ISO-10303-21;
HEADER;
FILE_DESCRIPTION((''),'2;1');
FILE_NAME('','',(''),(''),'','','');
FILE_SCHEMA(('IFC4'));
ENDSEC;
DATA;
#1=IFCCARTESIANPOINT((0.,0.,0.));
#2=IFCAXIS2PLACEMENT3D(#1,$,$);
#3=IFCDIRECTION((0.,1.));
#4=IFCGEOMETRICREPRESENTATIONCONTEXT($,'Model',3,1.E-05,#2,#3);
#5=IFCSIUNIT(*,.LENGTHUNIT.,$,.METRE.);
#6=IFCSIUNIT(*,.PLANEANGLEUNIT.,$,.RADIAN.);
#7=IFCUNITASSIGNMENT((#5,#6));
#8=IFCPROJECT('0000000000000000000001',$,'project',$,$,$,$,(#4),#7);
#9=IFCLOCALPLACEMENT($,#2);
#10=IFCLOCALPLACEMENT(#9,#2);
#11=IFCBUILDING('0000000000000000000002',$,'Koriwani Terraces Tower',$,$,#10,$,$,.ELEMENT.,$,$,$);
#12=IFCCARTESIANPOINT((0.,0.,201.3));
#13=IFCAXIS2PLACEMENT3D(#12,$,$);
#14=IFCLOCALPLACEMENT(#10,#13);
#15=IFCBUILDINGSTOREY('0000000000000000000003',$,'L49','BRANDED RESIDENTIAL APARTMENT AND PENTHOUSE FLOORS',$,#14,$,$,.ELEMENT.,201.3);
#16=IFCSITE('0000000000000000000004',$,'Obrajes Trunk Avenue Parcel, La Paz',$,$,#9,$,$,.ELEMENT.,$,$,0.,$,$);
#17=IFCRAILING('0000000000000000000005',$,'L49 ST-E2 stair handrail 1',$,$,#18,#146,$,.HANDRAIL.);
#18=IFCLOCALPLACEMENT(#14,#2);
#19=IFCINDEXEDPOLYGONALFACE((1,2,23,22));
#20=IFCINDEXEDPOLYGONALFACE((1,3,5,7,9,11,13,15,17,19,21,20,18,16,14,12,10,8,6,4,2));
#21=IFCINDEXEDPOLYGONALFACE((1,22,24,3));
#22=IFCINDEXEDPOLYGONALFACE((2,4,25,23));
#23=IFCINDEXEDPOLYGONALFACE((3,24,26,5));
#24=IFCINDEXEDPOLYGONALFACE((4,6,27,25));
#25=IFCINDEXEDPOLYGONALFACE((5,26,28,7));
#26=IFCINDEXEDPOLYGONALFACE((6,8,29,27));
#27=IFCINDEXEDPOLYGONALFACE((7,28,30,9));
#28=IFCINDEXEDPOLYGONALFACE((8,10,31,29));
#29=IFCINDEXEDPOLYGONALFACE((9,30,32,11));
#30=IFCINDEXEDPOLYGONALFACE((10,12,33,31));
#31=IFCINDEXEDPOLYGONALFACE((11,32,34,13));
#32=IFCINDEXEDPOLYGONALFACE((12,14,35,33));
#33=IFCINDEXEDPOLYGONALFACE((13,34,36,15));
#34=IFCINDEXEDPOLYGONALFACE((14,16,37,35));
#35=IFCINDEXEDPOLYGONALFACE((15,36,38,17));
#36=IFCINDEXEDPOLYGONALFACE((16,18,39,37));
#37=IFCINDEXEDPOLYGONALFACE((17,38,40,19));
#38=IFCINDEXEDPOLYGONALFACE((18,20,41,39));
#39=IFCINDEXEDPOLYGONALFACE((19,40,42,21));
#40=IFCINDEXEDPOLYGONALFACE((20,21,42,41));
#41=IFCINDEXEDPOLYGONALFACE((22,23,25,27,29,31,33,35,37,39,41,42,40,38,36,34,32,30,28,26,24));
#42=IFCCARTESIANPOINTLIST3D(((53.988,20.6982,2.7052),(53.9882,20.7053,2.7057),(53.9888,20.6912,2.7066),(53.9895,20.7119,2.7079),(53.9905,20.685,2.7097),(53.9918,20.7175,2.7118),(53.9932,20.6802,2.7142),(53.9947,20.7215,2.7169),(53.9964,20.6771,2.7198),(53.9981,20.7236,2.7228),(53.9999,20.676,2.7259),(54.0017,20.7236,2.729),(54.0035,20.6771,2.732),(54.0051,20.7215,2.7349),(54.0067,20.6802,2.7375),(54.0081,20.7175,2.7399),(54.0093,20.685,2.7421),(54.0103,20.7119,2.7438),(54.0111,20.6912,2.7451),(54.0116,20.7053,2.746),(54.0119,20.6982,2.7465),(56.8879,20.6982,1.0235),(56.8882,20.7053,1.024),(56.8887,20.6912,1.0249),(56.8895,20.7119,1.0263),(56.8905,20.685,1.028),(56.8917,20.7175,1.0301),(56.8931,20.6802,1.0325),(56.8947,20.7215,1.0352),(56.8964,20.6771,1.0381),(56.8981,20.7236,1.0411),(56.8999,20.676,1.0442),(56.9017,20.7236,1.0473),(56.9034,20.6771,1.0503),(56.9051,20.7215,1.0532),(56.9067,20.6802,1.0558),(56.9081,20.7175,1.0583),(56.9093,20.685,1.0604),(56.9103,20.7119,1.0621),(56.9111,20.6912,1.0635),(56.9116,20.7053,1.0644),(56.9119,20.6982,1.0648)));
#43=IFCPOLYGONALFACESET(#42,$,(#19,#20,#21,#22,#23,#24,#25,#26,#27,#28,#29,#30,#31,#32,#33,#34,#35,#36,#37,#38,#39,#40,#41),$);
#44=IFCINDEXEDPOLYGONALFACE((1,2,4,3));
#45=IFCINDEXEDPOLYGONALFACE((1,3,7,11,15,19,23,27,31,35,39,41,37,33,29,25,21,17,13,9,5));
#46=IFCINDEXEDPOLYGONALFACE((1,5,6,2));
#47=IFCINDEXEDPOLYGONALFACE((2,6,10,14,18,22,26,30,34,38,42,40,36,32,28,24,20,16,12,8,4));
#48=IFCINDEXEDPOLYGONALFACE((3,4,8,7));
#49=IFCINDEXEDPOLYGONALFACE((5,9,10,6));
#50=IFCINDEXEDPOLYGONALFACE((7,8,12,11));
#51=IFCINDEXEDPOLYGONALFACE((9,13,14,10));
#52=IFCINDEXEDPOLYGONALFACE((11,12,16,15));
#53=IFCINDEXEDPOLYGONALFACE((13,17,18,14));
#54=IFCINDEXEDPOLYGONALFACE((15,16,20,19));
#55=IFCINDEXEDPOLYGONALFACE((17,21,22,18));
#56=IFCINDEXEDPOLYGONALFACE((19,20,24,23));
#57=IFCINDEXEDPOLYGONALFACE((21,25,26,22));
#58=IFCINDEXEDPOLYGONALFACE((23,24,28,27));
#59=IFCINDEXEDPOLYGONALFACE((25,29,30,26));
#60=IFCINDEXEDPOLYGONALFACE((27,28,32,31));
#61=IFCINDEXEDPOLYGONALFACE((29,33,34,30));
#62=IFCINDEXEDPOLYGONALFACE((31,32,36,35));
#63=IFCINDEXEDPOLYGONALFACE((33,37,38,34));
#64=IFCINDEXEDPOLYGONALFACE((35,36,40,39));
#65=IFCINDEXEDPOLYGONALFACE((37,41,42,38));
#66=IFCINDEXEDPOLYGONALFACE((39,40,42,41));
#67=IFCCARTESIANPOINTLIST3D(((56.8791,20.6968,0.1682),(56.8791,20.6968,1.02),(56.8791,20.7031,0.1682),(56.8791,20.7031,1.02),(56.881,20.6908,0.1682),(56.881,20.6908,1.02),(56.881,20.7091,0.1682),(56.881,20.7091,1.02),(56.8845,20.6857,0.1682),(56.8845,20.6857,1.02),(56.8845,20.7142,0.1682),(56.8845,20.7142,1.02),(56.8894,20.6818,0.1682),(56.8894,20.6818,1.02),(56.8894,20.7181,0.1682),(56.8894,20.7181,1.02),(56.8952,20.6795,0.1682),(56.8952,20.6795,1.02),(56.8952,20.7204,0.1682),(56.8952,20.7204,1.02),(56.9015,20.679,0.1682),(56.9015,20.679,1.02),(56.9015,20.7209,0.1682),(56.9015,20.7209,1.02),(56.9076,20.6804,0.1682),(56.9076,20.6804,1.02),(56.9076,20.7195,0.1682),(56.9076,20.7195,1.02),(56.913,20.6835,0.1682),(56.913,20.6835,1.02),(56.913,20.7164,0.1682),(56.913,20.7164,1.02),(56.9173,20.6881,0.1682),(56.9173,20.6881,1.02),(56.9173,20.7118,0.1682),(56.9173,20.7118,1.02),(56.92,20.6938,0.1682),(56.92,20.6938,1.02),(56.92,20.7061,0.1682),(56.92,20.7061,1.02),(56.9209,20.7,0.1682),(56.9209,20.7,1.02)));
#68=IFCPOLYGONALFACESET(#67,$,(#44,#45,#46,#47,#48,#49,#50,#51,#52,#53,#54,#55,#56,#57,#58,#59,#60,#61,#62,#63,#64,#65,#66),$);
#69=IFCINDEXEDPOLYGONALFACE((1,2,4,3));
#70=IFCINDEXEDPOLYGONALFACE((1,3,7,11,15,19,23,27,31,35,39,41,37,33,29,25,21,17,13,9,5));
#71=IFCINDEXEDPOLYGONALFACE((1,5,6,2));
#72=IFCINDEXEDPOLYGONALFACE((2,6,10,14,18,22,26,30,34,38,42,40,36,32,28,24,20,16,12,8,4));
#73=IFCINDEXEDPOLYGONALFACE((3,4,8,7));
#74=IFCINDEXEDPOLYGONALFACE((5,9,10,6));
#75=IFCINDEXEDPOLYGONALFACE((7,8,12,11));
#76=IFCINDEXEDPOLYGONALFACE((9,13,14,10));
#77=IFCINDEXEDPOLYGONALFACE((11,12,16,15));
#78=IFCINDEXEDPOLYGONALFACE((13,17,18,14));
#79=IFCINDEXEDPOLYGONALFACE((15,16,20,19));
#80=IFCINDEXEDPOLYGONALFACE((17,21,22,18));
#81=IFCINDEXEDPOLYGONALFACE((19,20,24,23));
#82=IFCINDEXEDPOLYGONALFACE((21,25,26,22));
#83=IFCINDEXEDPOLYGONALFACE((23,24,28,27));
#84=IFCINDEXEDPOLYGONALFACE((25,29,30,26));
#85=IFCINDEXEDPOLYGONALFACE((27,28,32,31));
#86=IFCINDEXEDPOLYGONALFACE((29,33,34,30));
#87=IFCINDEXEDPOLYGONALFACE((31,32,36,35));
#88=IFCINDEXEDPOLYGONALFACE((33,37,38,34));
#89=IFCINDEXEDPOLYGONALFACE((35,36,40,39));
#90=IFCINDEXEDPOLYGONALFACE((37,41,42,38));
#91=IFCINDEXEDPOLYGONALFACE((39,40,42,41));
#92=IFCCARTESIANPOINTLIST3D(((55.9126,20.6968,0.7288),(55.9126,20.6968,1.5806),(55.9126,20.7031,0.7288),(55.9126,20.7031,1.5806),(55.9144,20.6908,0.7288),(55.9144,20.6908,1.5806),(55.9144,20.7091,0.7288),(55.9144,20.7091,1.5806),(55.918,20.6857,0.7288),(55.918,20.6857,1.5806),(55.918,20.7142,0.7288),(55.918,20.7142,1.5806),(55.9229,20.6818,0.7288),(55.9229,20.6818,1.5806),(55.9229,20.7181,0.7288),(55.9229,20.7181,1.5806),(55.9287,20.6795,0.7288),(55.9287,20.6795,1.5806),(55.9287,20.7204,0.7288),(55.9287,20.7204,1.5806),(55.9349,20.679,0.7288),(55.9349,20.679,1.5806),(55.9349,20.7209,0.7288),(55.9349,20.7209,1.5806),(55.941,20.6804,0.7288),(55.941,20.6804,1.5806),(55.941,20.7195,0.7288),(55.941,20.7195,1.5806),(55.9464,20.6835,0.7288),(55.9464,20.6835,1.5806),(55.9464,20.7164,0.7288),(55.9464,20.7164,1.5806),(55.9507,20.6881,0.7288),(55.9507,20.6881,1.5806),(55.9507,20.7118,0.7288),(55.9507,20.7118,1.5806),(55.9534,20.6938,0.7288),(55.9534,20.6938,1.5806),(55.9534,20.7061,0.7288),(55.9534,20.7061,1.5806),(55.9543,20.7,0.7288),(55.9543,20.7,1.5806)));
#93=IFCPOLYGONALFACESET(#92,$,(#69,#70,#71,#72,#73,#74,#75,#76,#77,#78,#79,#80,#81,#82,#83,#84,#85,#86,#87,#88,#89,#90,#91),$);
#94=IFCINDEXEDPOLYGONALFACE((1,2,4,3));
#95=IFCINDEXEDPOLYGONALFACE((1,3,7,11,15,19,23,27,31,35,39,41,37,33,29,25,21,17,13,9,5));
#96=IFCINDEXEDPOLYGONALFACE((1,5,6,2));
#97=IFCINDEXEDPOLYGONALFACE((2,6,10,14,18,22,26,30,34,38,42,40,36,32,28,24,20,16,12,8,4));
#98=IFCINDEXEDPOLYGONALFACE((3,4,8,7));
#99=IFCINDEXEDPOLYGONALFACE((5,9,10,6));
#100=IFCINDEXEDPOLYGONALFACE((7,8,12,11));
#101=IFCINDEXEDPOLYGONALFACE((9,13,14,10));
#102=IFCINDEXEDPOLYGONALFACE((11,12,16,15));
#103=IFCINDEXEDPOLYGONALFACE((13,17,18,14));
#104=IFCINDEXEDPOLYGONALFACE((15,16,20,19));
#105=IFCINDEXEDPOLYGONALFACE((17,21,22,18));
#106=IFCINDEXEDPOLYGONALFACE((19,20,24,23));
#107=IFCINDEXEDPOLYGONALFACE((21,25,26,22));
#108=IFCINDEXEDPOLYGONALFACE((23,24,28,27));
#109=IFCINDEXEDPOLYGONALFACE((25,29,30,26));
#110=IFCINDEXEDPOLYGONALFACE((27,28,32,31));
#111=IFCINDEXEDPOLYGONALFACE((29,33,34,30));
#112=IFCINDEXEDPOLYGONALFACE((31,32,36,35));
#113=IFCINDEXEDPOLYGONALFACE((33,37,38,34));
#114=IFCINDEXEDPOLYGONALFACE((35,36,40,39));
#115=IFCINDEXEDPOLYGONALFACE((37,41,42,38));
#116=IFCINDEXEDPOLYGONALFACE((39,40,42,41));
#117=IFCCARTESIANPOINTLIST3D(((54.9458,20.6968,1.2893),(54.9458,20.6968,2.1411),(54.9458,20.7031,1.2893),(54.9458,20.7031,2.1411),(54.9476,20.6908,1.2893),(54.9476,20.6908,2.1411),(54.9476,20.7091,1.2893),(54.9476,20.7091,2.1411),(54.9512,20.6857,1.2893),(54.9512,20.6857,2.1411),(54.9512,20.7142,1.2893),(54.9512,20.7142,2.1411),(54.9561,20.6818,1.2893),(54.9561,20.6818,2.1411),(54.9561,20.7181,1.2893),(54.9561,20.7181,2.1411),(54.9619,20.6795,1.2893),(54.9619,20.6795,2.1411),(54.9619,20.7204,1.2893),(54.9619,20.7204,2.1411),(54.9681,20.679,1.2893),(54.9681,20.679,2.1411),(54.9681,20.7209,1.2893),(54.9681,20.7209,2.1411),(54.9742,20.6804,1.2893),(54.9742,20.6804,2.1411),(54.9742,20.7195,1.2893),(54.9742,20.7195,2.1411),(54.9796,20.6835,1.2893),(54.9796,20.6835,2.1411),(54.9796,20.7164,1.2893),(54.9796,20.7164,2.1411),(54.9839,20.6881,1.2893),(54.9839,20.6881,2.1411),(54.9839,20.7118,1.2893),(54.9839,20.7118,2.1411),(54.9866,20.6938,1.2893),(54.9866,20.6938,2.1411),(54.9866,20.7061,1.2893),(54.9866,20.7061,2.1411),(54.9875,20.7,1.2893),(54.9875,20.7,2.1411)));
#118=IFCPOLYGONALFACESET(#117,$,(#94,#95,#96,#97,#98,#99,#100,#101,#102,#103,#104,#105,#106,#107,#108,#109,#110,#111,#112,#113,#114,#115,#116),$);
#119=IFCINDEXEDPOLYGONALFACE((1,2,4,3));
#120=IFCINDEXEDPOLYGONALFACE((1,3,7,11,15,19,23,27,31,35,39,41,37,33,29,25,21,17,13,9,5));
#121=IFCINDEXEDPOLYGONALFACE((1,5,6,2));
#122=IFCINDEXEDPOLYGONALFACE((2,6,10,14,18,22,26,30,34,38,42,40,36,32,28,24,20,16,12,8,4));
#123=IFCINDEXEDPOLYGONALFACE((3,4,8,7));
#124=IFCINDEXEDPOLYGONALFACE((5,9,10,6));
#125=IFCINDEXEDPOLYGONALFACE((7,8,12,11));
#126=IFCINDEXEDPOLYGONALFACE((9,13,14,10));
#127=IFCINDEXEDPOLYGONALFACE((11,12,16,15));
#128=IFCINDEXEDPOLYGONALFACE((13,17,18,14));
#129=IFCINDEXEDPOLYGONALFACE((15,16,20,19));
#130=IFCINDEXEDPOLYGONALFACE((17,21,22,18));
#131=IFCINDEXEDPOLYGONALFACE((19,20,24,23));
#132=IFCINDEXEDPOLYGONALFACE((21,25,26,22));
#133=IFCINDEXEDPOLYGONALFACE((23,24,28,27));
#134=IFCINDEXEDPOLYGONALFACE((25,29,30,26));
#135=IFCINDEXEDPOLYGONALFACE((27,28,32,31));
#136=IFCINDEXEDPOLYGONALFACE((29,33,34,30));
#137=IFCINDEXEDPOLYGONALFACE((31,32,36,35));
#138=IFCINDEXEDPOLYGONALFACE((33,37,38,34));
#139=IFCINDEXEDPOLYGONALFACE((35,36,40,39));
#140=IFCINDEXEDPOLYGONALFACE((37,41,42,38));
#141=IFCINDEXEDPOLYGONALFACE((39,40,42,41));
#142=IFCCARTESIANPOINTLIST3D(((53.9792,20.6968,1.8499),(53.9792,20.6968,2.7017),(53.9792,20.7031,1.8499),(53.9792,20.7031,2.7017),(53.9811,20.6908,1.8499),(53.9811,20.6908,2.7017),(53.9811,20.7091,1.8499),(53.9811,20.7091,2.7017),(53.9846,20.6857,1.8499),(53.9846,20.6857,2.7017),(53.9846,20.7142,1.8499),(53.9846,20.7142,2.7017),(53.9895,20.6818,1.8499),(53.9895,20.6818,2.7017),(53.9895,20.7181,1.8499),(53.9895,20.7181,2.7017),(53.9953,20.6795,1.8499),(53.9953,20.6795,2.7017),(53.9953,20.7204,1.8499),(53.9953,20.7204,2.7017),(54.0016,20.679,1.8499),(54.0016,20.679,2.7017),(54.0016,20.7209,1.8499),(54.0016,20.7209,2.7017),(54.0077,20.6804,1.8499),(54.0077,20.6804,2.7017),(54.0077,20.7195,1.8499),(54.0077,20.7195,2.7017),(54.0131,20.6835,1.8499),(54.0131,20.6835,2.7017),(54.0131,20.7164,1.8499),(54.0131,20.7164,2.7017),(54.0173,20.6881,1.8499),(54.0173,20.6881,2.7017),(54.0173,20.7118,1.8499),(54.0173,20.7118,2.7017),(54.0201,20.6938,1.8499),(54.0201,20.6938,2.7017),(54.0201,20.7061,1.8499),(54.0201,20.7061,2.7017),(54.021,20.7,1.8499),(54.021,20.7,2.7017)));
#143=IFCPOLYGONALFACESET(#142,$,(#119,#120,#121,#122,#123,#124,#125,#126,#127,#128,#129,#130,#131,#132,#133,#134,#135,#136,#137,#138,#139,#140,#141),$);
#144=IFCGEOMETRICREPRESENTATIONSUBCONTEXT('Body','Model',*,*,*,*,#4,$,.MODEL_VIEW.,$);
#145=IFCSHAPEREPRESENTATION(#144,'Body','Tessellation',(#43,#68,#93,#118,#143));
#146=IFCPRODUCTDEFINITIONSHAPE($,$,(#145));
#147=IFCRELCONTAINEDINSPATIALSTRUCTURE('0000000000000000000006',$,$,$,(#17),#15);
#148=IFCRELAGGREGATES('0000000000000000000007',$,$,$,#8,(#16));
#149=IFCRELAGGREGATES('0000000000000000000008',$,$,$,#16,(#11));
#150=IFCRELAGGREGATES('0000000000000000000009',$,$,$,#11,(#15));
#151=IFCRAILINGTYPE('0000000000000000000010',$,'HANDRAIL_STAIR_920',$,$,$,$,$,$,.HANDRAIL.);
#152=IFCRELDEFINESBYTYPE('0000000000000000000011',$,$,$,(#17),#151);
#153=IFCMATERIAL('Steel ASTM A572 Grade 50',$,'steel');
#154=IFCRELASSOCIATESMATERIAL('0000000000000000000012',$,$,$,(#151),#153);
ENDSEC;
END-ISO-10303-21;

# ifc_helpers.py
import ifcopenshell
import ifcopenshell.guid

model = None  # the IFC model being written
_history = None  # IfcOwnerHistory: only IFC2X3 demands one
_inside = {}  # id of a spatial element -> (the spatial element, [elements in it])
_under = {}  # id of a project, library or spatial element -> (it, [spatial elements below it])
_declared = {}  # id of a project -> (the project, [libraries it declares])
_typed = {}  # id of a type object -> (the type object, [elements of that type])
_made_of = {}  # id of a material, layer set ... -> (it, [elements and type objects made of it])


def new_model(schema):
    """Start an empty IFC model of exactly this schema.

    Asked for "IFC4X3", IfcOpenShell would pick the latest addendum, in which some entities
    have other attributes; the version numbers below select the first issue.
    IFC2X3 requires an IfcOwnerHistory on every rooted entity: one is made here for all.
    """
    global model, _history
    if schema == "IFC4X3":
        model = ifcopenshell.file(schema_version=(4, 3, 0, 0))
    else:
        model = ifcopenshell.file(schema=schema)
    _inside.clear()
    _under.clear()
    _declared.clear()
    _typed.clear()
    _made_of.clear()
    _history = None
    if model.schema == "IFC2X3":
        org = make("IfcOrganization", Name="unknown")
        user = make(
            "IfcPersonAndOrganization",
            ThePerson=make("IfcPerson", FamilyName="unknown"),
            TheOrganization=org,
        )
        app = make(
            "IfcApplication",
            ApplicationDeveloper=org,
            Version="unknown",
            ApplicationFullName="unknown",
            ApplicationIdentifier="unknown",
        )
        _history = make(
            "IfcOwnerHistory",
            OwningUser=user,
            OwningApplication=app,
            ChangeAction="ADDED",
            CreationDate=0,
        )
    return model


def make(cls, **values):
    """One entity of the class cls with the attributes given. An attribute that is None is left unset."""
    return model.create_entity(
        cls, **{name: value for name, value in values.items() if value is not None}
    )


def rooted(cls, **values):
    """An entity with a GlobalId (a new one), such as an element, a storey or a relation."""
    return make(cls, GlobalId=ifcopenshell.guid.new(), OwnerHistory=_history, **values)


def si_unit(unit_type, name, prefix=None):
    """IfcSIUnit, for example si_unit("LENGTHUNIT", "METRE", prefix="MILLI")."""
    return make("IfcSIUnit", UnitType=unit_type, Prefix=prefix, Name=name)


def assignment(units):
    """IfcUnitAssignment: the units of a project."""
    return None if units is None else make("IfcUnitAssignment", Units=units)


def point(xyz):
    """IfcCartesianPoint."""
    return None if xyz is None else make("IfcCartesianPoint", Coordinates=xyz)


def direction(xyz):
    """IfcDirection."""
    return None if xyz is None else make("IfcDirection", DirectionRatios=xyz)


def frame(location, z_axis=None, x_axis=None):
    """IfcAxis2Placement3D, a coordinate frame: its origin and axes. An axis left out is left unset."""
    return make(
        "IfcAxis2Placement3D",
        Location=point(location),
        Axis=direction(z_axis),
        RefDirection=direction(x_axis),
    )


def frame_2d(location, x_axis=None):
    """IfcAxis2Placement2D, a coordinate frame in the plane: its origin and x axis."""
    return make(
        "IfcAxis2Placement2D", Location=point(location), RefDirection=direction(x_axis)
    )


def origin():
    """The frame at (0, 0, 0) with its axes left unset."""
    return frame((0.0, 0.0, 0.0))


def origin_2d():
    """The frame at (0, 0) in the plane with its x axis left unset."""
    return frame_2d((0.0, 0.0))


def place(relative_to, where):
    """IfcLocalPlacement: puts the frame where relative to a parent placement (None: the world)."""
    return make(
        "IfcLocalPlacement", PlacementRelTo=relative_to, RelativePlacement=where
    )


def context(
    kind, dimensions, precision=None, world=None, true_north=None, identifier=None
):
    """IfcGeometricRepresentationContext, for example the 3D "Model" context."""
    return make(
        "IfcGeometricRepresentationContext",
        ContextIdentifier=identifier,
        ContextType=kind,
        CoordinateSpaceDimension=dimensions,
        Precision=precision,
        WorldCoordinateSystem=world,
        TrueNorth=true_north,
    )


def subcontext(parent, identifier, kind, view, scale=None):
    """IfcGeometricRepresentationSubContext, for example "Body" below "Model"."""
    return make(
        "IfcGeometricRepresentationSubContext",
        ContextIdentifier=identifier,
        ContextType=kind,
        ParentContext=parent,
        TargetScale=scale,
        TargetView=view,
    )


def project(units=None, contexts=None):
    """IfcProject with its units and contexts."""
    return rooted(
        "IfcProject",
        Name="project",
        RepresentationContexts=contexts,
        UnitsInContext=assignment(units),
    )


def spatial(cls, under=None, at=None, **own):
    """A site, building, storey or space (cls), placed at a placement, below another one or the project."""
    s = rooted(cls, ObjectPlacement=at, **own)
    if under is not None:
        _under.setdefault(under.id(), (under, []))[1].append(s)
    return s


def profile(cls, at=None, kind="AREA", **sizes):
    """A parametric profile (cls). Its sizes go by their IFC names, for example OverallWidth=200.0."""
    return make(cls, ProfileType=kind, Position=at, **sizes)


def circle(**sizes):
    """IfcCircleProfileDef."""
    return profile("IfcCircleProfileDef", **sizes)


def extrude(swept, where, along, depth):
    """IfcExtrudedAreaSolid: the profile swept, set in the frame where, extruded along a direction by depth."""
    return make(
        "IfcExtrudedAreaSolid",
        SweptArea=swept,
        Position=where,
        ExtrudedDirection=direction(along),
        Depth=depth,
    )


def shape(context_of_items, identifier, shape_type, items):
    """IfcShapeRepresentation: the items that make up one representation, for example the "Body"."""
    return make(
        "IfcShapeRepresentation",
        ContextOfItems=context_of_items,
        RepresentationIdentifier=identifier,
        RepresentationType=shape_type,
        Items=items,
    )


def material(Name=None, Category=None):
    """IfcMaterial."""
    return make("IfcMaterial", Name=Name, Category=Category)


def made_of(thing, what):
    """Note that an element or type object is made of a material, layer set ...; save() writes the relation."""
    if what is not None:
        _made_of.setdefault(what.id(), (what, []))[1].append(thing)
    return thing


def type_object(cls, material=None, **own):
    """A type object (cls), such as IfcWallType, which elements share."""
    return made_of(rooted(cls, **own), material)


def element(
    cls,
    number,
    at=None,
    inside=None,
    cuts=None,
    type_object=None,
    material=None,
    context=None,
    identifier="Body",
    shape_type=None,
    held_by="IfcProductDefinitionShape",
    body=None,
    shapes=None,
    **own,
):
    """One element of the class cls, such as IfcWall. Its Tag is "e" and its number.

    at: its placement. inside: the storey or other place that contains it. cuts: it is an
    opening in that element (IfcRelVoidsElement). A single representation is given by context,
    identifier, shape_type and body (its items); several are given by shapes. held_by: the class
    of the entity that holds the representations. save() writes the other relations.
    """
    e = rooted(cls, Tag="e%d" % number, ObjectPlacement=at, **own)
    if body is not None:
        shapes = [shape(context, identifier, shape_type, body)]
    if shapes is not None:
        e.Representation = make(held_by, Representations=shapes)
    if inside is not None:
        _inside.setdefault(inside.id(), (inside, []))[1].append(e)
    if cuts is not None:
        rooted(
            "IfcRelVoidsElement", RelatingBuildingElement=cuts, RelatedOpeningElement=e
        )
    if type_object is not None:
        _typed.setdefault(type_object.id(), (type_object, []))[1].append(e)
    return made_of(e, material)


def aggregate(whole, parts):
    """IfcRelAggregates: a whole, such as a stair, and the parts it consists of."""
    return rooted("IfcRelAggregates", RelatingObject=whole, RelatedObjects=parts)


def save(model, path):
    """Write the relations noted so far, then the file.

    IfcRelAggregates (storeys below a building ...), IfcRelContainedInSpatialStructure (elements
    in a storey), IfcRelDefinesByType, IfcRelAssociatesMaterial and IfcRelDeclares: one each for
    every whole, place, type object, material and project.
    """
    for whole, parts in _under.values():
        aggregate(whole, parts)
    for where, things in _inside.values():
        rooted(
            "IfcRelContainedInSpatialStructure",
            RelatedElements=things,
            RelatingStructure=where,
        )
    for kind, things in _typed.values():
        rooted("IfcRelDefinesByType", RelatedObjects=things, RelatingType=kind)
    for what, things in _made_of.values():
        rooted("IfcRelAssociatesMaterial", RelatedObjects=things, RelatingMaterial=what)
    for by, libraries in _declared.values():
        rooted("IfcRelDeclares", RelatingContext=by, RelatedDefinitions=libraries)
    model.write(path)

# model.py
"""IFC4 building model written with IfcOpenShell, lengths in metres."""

from ifc_helpers import new_model, si_unit, direction, frame, origin, origin_2d, place, context, subcontext, project, spatial, circle, extrude, material, type_object, element, save


model = new_model("IFC4")

# Units and contexts
model_context = context("Model", 3, precision=1e-05, world=origin(), true_north=direction((0.0, 1.0)))
body_context = subcontext(model_context, "Body", "Model", "MODEL_VIEW")
ifc_project = project(units=[si_unit("LENGTHUNIT", "METRE"), si_unit("PLANEANGLEUNIT", "RADIAN")], contexts=[model_context])

# Site, building, storey
site_placement = place(None, origin())
site = spatial("IfcSite", under=ifc_project, at=site_placement, Name="Obrajes Trunk Avenue Parcel, La Paz", CompositionType="ELEMENT", RefElevation=0.0)
building_placement = place(site_placement, origin())
building = spatial("IfcBuilding", under=site, at=building_placement, Name="Koriwani Terraces Tower", CompositionType="ELEMENT")
storey_placement = place(building_placement, frame((0.0, 0.0, 201.3)))
storey = spatial("IfcBuildingStorey", under=building, at=storey_placement, Name="L49", Description="BRANDED RESIDENTIAL APARTMENT AND PENTHOUSE FLOORS", CompositionType="ELEMENT", Elevation=201.3)

# Shared definitions
ifc_material_1 = material(Name="Steel ASTM A572 Grade 50", Category="steel")

# Railing
railing_type_1 = type_object("IfcRailingType", Name="HANDRAIL_STAIR_920", PredefinedType="HANDRAIL", material=ifc_material_1)
railing_1_placement = place(storey_placement, frame((56.8999, 20.7, 0.1682)))
element("IfcRailing", 1, at=railing_1_placement, inside=storey, type_object=railing_type_1, Name="L49 ST-E2 stair handrail 1", PredefinedType="HANDRAIL", context=body_context, shape_type="SweptSolid", body=[
    extrude(circle(Radius=0.0239, at=origin_2d()), frame((0.0, 0.0, 0.876), z_axis=(-0.86507, 0.0, 0.501651), x_axis=(0.0, -1.0, 0.0)), (0.0, 0.0, 1.0), 3.3523),
    extrude(circle(Radius=0.021, at=origin_2d()), origin(), (0.0, 0.0, 1.0), 0.8518),
    extrude(circle(Radius=0.021, at=origin_2d()), frame((-0.9666, 0.0, 0.5605)), (0.0, 0.0, 1.0), 0.8518),
    extrude(circle(Radius=0.021, at=origin_2d()), frame((-1.9333, 0.0, 1.1211)), (0.0, 0.0, 1.0), 0.8518),
    extrude(circle(Radius=0.021, at=origin_2d()), frame((-2.8999, 0.0, 1.6816)), (0.0, 0.0, 1.0), 0.8518),
])

save(model, "model.ifc")
